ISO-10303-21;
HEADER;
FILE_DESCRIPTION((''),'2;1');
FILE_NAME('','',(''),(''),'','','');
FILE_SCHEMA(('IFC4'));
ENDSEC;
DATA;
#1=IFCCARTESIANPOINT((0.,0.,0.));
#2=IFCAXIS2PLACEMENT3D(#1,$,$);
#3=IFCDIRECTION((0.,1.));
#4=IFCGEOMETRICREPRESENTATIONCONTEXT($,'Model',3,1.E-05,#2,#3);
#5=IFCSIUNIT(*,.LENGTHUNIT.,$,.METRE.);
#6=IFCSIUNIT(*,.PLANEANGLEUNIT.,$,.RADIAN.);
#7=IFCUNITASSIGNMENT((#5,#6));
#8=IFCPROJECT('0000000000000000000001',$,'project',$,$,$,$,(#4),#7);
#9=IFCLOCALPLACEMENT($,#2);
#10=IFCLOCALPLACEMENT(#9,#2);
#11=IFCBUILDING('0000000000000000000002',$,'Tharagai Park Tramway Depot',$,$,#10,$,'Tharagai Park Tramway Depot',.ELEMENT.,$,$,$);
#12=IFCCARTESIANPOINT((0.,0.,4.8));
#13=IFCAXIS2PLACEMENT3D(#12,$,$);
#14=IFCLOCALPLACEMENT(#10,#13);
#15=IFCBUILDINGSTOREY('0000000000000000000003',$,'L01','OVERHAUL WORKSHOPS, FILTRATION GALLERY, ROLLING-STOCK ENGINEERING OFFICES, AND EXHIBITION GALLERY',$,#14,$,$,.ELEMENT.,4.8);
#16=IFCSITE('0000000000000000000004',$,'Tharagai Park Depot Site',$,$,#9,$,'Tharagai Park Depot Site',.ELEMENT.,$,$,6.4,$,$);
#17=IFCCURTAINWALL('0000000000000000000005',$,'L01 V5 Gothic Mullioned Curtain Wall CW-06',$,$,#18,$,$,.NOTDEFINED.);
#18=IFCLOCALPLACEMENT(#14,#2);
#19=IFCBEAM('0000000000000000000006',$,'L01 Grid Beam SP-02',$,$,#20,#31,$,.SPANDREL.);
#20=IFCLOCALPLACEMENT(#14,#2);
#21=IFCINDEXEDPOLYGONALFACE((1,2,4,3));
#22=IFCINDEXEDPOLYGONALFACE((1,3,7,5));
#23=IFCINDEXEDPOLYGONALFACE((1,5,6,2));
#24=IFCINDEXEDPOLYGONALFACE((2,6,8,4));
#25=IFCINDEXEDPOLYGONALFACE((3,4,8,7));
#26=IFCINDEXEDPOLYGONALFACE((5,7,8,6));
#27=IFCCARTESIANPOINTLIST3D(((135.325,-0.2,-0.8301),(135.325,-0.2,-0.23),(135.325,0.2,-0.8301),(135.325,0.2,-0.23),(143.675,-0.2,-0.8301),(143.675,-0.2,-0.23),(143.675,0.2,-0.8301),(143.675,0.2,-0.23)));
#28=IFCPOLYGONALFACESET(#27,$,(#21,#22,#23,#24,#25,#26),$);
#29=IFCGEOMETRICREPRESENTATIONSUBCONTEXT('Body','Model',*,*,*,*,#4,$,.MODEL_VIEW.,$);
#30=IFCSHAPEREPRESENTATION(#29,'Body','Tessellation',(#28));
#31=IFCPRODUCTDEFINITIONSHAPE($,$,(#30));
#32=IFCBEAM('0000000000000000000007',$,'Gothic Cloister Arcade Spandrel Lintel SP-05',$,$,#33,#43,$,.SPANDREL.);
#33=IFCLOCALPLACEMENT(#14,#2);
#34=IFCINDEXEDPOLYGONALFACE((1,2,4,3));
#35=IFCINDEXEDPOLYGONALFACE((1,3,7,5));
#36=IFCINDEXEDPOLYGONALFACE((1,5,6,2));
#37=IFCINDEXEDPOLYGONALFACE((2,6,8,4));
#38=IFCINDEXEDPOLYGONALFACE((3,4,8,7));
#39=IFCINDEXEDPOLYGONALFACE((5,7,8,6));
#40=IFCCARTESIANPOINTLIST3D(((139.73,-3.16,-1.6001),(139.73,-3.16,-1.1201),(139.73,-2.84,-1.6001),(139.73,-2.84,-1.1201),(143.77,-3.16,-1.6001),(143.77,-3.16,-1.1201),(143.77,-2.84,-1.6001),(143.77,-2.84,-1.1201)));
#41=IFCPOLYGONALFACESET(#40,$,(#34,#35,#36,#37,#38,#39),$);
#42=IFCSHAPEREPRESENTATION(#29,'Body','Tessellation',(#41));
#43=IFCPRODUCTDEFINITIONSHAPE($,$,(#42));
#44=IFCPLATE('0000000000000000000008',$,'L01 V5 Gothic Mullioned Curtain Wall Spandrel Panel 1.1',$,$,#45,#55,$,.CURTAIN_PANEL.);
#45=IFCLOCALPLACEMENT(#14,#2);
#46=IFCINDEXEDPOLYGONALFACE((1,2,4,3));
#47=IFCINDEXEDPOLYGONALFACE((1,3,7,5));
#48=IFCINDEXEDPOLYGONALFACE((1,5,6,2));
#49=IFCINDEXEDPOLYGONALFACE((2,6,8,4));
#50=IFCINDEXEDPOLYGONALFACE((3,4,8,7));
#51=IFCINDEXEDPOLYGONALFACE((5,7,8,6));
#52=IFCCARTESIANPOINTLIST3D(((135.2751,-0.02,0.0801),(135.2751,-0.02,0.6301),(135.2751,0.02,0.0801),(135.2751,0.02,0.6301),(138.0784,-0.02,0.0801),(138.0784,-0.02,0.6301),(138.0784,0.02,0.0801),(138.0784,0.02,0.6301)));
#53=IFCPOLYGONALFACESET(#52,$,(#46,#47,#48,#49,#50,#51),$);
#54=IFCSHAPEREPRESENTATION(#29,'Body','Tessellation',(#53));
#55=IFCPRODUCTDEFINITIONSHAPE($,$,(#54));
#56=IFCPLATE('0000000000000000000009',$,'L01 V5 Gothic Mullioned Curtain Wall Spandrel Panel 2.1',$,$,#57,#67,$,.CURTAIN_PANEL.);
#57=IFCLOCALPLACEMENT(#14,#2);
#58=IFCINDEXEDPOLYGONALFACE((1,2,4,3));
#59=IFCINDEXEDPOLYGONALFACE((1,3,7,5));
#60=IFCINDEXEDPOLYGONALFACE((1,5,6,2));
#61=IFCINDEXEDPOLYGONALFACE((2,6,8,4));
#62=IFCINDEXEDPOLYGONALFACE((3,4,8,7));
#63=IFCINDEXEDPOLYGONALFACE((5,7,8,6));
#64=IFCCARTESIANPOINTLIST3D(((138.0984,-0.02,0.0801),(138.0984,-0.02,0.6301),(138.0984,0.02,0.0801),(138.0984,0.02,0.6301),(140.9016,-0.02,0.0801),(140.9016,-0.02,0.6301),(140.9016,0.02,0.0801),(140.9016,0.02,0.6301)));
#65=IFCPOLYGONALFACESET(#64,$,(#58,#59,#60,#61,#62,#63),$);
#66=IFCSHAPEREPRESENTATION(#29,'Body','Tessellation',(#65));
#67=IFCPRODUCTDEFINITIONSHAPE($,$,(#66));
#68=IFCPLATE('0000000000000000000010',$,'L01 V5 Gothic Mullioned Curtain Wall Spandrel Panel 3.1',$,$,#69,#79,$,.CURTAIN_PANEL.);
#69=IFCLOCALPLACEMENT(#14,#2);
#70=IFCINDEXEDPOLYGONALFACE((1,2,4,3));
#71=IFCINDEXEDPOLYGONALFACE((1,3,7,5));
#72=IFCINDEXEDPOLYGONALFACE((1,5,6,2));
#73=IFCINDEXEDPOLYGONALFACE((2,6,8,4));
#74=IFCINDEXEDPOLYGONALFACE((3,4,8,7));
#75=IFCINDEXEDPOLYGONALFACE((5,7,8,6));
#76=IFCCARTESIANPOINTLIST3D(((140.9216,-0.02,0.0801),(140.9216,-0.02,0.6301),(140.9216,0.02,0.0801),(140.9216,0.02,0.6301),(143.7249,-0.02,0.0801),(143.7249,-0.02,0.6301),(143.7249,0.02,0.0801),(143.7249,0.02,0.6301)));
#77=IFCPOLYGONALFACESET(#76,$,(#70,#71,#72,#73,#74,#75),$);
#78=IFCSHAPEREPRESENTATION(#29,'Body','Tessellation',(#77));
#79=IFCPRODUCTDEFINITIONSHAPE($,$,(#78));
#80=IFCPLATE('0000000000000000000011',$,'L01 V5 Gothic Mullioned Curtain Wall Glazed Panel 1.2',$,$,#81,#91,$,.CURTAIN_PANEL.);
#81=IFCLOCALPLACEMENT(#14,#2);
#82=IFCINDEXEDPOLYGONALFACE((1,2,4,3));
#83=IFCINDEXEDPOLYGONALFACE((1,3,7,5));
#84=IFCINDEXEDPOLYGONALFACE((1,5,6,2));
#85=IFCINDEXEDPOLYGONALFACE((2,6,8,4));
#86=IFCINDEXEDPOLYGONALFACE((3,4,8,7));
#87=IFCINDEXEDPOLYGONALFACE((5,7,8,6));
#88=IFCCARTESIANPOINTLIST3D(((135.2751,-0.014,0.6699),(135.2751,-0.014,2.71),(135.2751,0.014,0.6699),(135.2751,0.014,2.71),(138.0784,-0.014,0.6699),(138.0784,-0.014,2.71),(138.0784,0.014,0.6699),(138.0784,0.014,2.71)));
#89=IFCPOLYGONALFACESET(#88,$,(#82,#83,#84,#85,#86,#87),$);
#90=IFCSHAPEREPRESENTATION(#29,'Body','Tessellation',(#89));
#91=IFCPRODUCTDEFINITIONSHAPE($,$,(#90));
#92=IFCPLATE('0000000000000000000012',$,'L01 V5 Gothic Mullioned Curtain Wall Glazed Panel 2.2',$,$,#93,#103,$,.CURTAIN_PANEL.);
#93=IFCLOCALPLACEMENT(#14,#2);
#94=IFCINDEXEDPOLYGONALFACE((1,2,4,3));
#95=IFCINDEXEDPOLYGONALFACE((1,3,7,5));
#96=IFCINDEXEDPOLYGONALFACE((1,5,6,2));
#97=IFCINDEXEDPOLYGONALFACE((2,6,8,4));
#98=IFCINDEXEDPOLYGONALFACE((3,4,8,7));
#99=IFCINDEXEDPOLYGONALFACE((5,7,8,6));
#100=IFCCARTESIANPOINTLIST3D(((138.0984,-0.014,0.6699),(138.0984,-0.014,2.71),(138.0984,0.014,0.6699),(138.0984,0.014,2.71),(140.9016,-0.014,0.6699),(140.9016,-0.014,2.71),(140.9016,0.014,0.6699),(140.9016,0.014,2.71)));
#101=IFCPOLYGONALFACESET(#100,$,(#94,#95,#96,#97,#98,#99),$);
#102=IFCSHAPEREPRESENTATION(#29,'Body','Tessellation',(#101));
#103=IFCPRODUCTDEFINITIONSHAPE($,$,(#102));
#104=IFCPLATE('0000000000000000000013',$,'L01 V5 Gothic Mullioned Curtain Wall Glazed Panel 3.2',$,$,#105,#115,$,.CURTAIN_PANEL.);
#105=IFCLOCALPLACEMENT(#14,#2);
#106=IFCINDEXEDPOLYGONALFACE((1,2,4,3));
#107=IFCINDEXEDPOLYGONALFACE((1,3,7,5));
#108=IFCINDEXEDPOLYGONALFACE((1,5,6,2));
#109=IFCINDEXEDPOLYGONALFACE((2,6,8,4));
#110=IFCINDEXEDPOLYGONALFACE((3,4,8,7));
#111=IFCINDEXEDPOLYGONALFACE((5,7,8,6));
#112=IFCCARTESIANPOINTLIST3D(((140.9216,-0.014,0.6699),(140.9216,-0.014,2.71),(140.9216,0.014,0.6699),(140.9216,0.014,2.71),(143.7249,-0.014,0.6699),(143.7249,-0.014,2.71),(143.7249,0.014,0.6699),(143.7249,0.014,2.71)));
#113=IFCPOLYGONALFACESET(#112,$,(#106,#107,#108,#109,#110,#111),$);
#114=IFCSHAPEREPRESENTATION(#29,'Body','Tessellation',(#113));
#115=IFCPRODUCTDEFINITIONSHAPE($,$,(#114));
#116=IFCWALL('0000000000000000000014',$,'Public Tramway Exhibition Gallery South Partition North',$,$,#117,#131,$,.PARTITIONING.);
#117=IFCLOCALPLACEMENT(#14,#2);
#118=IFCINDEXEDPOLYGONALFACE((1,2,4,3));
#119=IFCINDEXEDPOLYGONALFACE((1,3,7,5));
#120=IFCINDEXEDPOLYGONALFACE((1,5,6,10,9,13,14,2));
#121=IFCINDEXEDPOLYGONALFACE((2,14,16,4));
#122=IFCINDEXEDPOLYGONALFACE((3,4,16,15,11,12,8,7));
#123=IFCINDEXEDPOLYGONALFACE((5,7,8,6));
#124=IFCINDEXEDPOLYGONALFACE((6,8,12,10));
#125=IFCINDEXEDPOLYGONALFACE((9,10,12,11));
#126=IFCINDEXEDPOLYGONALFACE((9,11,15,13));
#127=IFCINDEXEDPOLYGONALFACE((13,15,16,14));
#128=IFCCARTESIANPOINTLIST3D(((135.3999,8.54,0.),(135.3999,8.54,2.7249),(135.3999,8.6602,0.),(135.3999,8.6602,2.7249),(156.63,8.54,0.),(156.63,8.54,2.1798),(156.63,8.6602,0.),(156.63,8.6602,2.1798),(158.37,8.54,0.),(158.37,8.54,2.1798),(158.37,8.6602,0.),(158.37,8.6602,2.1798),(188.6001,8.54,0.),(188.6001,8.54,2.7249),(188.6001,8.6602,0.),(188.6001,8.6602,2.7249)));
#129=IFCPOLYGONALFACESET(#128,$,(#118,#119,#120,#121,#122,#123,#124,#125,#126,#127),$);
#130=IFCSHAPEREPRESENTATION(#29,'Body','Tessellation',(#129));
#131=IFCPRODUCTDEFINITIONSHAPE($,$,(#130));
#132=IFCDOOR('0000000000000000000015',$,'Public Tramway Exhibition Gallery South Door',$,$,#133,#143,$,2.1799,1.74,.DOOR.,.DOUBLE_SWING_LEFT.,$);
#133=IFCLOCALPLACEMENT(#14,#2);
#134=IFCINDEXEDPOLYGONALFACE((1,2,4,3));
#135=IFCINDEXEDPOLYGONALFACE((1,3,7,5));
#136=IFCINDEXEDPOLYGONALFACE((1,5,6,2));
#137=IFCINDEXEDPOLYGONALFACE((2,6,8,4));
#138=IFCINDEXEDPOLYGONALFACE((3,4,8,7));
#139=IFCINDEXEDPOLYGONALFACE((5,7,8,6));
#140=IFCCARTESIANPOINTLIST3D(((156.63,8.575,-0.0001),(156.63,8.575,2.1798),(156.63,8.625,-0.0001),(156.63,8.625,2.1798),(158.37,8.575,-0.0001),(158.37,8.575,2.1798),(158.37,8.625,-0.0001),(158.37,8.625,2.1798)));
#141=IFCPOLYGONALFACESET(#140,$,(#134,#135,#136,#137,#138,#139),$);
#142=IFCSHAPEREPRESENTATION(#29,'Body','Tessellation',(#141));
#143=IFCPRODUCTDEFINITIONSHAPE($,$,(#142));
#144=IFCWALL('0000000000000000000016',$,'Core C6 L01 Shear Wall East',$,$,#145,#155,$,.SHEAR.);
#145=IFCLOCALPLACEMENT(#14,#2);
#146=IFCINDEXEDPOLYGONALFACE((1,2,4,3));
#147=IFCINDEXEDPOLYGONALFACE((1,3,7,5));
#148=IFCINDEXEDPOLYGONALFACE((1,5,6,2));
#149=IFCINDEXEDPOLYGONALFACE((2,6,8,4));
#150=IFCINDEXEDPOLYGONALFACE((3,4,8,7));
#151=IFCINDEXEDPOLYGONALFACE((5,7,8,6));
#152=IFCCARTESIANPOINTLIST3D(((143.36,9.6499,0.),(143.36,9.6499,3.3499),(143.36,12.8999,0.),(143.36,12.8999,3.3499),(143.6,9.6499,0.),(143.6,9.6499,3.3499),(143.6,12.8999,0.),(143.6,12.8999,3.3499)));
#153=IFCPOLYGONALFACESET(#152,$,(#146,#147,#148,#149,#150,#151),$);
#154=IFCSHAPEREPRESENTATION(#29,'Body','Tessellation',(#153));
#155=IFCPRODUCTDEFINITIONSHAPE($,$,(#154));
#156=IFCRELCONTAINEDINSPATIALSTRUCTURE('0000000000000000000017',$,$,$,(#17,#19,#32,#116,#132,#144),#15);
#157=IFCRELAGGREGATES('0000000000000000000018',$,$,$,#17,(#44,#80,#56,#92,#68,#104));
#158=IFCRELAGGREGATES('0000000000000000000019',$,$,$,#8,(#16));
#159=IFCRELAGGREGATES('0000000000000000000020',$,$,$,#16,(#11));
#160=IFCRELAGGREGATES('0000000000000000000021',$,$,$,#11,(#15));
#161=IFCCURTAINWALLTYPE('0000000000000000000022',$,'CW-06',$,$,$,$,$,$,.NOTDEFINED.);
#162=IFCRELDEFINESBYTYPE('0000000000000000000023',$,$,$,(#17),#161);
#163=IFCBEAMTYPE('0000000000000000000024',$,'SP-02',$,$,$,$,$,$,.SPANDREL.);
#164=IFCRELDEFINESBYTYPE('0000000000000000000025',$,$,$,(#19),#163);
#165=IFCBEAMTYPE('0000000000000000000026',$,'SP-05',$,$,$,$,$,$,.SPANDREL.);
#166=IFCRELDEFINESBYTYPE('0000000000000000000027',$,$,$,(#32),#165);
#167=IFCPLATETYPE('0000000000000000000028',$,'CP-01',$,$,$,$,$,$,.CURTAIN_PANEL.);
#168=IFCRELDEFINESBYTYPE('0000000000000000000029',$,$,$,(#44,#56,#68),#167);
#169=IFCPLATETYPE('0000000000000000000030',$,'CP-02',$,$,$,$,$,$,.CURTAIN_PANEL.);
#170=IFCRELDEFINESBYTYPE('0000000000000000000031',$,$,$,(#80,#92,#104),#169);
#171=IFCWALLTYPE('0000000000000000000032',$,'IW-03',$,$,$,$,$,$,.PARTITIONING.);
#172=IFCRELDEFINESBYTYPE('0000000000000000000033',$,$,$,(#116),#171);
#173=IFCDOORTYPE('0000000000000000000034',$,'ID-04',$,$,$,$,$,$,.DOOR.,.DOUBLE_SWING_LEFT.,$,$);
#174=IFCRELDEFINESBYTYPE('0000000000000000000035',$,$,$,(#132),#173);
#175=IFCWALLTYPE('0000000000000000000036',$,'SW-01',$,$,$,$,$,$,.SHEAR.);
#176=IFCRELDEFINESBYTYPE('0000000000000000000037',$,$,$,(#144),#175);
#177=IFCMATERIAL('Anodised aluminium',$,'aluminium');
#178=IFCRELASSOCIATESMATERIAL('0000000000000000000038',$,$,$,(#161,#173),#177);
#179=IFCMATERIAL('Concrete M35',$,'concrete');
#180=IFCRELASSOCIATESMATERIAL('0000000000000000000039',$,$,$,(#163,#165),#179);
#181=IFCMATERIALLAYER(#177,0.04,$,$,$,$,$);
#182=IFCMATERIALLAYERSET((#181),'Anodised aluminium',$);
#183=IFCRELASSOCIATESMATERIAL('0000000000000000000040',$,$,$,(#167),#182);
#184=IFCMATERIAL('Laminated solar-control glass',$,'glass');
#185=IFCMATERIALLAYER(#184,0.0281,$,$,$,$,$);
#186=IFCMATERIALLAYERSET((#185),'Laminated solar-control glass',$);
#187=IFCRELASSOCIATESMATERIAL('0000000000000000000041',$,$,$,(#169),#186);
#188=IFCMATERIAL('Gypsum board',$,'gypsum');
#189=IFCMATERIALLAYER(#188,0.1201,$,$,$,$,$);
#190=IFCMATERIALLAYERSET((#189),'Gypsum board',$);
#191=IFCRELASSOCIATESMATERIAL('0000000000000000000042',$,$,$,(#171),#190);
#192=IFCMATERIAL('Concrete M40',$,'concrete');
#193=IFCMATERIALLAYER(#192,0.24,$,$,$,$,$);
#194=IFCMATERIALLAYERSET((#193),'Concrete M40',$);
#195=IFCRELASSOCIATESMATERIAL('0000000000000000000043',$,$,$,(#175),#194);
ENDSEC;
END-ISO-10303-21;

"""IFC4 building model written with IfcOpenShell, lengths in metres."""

from ifc_helpers import new_model, si_unit, direction, frame, frame_2d, origin, origin_2d, place, context, subcontext, project, spatial, rectangle, extrude, material, layer, layer_set, material_profile, profile_set, type_object, element, fill, aggregate, save


model = new_model("IFC4")

# Units and contexts
model_context = context("Model", 3, precision=1e-05, world=origin(), true_north=direction((0.0, 1.0)))
body_context = subcontext(model_context, "Body", "Model", "MODEL_VIEW")
ifc_project = project(units=[si_unit("LENGTHUNIT", "METRE"), si_unit("PLANEANGLEUNIT", "RADIAN")], contexts=[model_context])

# Site, building, storey
site_placement = place(None, origin())
site = spatial("IfcSite", under=ifc_project, at=site_placement, Name="Tharagai Park Depot Site", LongName="Tharagai Park Depot Site", CompositionType="ELEMENT", RefElevation=6.4)
building_placement = place(site_placement, origin())
building = spatial("IfcBuilding", under=site, at=building_placement, Name="Tharagai Park Tramway Depot", LongName="Tharagai Park Tramway Depot", CompositionType="ELEMENT")
storey_placement = place(building_placement, frame((0.0, 0.0, 4.8)))
storey = spatial("IfcBuildingStorey", under=building, at=storey_placement, Name="L01", Description="OVERHAUL WORKSHOPS, FILTRATION GALLERY, ROLLING-STOCK ENGINEERING OFFICES, AND EXHIBITION GALLERY", CompositionType="ELEMENT", Elevation=4.8)

# Shared definitions
ifc_material_1 = material(Name="Concrete M40", Category="concrete")

# Shared definitions
ifc_material_2 = material(Name="Concrete M35", Category="concrete")

# Curtain wall
ifc_material_3 = material(Name="Anodised aluminium", Category="aluminium")
curtain_wall_type = type_object("IfcCurtainWallType", Name="CW-06", PredefinedType="NOTDEFINED", material=ifc_material_3)
curtain_wall_placement = place(storey_placement, origin())
curtain_wall = element("IfcCurtainWall", 1, at=curtain_wall_placement, inside=storey, type_object=curtain_wall_type, Name="L01 V5 Gothic Mullioned Curtain Wall CW-06", PredefinedType="NOTDEFINED")

# Beams
ifc_material_profile_1 = material_profile(ifc_material_2, rectangle(XDim=0.3999, YDim=0.6001, at=origin_2d()), Name="RC 400x600")
ifc_profile_set_1 = profile_set([ifc_material_profile_1], Name="Concrete M35")
beam_type_1 = type_object("IfcBeamType", Name="SP-02", PredefinedType="SPANDREL", material=ifc_profile_set_1)
beam_1_placement = place(storey_placement, frame((135.325, 0.0, -0.53), z_axis=(1.0, 0.0, 0.0), x_axis=(0.0, 1.0, 0.0)))
element("IfcBeam", 2, at=beam_1_placement, inside=storey, type_object=beam_type_1, Name="L01 Grid Beam SP-02", PredefinedType="SPANDREL", context=body_context, shape_type="SweptSolid", body=[
    extrude(rectangle(XDim=0.3999, YDim=0.6001, at=origin_2d()), origin(), (0.0, 0.0, 1.0), 8.3501),
])
ifc_material_profile_2 = material_profile(ifc_material_2, rectangle(XDim=0.3201, YDim=0.48, at=origin_2d()), Name="RC 320x480")
ifc_profile_set_2 = profile_set([ifc_material_profile_2], Name="Concrete M35")
beam_type_2 = type_object("IfcBeamType", Name="SP-05", PredefinedType="SPANDREL", material=ifc_profile_set_2)
beam_2_placement = place(storey_placement, frame((139.73, -3.0, -1.3601), z_axis=(1.0, 0.0, 0.0), x_axis=(0.0, 1.0, 0.0)))
element("IfcBeam", 3, at=beam_2_placement, inside=storey, type_object=beam_type_2, Name="Gothic Cloister Arcade Spandrel Lintel SP-05", PredefinedType="SPANDREL", context=body_context, shape_type="SweptSolid", body=[
    extrude(rectangle(XDim=0.3201, YDim=0.48, at=origin_2d()), origin(), (0.0, 0.0, 1.0), 4.04),
])

# Plates
ifc_layer_1 = layer(ifc_material_3, 0.04)
ifc_layer_set_1 = layer_set([ifc_layer_1], Name="Anodised aluminium")
plate_type_1 = type_object("IfcPlateType", Name="CP-01", PredefinedType="CURTAIN_PANEL", material=ifc_layer_set_1)
plate_1_placement = place(storey_placement, frame((136.6768, 0.0, 0.0801), z_axis=(0.0, 0.0, 1.0), x_axis=(1.0, 0.0, 0.0)))
plate_1 = element("IfcPlate", 4, at=plate_1_placement, type_object=plate_type_1, Name="L01 V5 Gothic Mullioned Curtain Wall Spandrel Panel 1.1", PredefinedType="CURTAIN_PANEL", context=body_context, shape_type="SweptSolid", body=[
    extrude(rectangle(XDim=2.8032, YDim=0.04, at=origin_2d()), origin(), (0.0, 0.0, 1.0), 0.55),
])
plate_2_placement = place(storey_placement, frame((139.5, 0.0, 0.0801), z_axis=(0.0, 0.0, 1.0), x_axis=(1.0, 0.0, 0.0)))
plate_2 = element("IfcPlate", 5, at=plate_2_placement, type_object=plate_type_1, Name="L01 V5 Gothic Mullioned Curtain Wall Spandrel Panel 2.1", PredefinedType="CURTAIN_PANEL", context=body_context, shape_type="SweptSolid", body=[
    extrude(rectangle(XDim=2.8032, YDim=0.04, at=origin_2d()), origin(), (0.0, 0.0, 1.0), 0.55),
])
plate_3_placement = place(storey_placement, frame((142.3232, 0.0, 0.0801), z_axis=(0.0, 0.0, 1.0), x_axis=(1.0, 0.0, 0.0)))
plate_3 = element("IfcPlate", 6, at=plate_3_placement, type_object=plate_type_1, Name="L01 V5 Gothic Mullioned Curtain Wall Spandrel Panel 3.1", PredefinedType="CURTAIN_PANEL", context=body_context, shape_type="SweptSolid", body=[
    extrude(rectangle(XDim=2.8032, YDim=0.04, at=origin_2d()), origin(), (0.0, 0.0, 1.0), 0.55),
])
ifc_material_4 = material(Name="Laminated solar-control glass", Category="glass")
ifc_layer_2 = layer(ifc_material_4, 0.0281)
ifc_layer_set_2 = layer_set([ifc_layer_2], Name="Laminated solar-control glass")
plate_type_2 = type_object("IfcPlateType", Name="CP-02", PredefinedType="CURTAIN_PANEL", material=ifc_layer_set_2)
plate_4_placement = place(storey_placement, frame((136.6768, 0.0, 0.6699), z_axis=(0.0, 0.0, 1.0), x_axis=(1.0, 0.0, 0.0)))
plate_4 = element("IfcPlate", 7, at=plate_4_placement, type_object=plate_type_2, Name="L01 V5 Gothic Mullioned Curtain Wall Glazed Panel 1.2", PredefinedType="CURTAIN_PANEL", context=body_context, shape_type="SweptSolid", body=[
    extrude(rectangle(XDim=2.8032, YDim=0.0281, at=origin_2d()), origin(), (0.0, 0.0, 1.0), 2.04),
])
plate_5_placement = place(storey_placement, frame((139.5, 0.0, 0.6699), z_axis=(0.0, 0.0, 1.0), x_axis=(1.0, 0.0, 0.0)))
plate_5 = element("IfcPlate", 8, at=plate_5_placement, type_object=plate_type_2, Name="L01 V5 Gothic Mullioned Curtain Wall Glazed Panel 2.2", PredefinedType="CURTAIN_PANEL", context=body_context, shape_type="SweptSolid", body=[
    extrude(rectangle(XDim=2.8032, YDim=0.0281, at=origin_2d()), origin(), (0.0, 0.0, 1.0), 2.04),
])
plate_6_placement = place(storey_placement, frame((142.3232, 0.0, 0.6699), z_axis=(0.0, 0.0, 1.0), x_axis=(1.0, 0.0, 0.0)))
plate_6 = element("IfcPlate", 9, at=plate_6_placement, type_object=plate_type_2, Name="L01 V5 Gothic Mullioned Curtain Wall Glazed Panel 3.2", PredefinedType="CURTAIN_PANEL", context=body_context, shape_type="SweptSolid", body=[
    extrude(rectangle(XDim=2.8032, YDim=0.0281, at=origin_2d()), origin(), (0.0, 0.0, 1.0), 2.04),
])
aggregate(curtain_wall, [plate_1, plate_4, plate_2, plate_5, plate_3, plate_6])

# Wall, opening, door
ifc_material_5 = material(Name="Gypsum board", Category="gypsum")
ifc_layer_3 = layer(ifc_material_5, 0.1201)
ifc_layer_set_3 = layer_set([ifc_layer_3], Name="Gypsum board")
wall_type_1 = type_object("IfcWallType", Name="IW-03", PredefinedType="PARTITIONING", material=ifc_layer_set_3)
wall_1_placement = place(storey_placement, frame((135.3999, 8.6001, 0.0), z_axis=(0.0, 0.0, 1.0), x_axis=(1.0, 0.0, 0.0)))
wall_1 = element("IfcWall", 10, at=wall_1_placement, inside=storey, type_object=wall_type_1, Name="Public Tramway Exhibition Gallery South Partition North", PredefinedType="PARTITIONING", context=body_context, shape_type="SweptSolid", body=[
    extrude(rectangle(XDim=53.2002, YDim=0.1201, at=frame_2d((26.6001, 0.0))), origin(), (0.0, 0.0, 1.0), 2.7249),
])
opening_placement = place(wall_1_placement, frame((21.23, 0.0, 0.0)))
opening = element("IfcOpeningElement", 11, at=opening_placement, cuts=wall_1, PredefinedType="OPENING", context=body_context, shape_type="SweptSolid", body=[
    extrude(rectangle(XDim=1.74, YDim=2.1799, at=frame_2d((0.8701, 1.0898))), frame((0.0, 0.0701, 0.0), z_axis=(0.0, -1.0, 0.0), x_axis=(1.0, 0.0, 0.0)), (0.0, 0.0, 1.0), 0.1401),
])
door_type = type_object("IfcDoorType", Name="ID-04", OperationType="DOUBLE_SWING_LEFT", PredefinedType="DOOR", material=ifc_material_3)
door_placement = place(opening_placement, origin())
door = element("IfcDoor", 12, at=door_placement, inside=storey, type_object=door_type, Name="Public Tramway Exhibition Gallery South Door", OperationType="DOUBLE_SWING_LEFT", OverallHeight=2.1799, OverallWidth=1.74, PredefinedType="DOOR", context=body_context, shape_type="SweptSolid", body=[
    extrude(rectangle(XDim=1.74, YDim=2.1799, at=frame_2d((0.8701, 1.0898))), frame((0.0, 0.0249, 0.0), z_axis=(0.0, -1.0, 0.0), x_axis=(1.0, 0.0, 0.0)), (0.0, 0.0, 1.0), 0.05),
])
fill(opening, door)

# Wall
ifc_layer_4 = layer(ifc_material_1, 0.24)
ifc_layer_set_4 = layer_set([ifc_layer_4], Name="Concrete M40")
wall_type_2 = type_object("IfcWallType", Name="SW-01", PredefinedType="SHEAR", material=ifc_layer_set_4)
wall_2_placement = place(storey_placement, frame((143.48, 9.6499, 0.0), z_axis=(0.0, 0.0, 1.0), x_axis=(0.0, 1.0, 0.0)))
element("IfcWall", 13, at=wall_2_placement, inside=storey, type_object=wall_type_2, Name="Core C6 L01 Shear Wall East", PredefinedType="SHEAR", context=body_context, shape_type="SweptSolid", body=[
    extrude(rectangle(XDim=3.25, YDim=0.24, at=frame_2d((1.625, 0.0))), origin(), (0.0, 0.0, 1.0), 3.3499),
])

save(model, "model.ifc")
